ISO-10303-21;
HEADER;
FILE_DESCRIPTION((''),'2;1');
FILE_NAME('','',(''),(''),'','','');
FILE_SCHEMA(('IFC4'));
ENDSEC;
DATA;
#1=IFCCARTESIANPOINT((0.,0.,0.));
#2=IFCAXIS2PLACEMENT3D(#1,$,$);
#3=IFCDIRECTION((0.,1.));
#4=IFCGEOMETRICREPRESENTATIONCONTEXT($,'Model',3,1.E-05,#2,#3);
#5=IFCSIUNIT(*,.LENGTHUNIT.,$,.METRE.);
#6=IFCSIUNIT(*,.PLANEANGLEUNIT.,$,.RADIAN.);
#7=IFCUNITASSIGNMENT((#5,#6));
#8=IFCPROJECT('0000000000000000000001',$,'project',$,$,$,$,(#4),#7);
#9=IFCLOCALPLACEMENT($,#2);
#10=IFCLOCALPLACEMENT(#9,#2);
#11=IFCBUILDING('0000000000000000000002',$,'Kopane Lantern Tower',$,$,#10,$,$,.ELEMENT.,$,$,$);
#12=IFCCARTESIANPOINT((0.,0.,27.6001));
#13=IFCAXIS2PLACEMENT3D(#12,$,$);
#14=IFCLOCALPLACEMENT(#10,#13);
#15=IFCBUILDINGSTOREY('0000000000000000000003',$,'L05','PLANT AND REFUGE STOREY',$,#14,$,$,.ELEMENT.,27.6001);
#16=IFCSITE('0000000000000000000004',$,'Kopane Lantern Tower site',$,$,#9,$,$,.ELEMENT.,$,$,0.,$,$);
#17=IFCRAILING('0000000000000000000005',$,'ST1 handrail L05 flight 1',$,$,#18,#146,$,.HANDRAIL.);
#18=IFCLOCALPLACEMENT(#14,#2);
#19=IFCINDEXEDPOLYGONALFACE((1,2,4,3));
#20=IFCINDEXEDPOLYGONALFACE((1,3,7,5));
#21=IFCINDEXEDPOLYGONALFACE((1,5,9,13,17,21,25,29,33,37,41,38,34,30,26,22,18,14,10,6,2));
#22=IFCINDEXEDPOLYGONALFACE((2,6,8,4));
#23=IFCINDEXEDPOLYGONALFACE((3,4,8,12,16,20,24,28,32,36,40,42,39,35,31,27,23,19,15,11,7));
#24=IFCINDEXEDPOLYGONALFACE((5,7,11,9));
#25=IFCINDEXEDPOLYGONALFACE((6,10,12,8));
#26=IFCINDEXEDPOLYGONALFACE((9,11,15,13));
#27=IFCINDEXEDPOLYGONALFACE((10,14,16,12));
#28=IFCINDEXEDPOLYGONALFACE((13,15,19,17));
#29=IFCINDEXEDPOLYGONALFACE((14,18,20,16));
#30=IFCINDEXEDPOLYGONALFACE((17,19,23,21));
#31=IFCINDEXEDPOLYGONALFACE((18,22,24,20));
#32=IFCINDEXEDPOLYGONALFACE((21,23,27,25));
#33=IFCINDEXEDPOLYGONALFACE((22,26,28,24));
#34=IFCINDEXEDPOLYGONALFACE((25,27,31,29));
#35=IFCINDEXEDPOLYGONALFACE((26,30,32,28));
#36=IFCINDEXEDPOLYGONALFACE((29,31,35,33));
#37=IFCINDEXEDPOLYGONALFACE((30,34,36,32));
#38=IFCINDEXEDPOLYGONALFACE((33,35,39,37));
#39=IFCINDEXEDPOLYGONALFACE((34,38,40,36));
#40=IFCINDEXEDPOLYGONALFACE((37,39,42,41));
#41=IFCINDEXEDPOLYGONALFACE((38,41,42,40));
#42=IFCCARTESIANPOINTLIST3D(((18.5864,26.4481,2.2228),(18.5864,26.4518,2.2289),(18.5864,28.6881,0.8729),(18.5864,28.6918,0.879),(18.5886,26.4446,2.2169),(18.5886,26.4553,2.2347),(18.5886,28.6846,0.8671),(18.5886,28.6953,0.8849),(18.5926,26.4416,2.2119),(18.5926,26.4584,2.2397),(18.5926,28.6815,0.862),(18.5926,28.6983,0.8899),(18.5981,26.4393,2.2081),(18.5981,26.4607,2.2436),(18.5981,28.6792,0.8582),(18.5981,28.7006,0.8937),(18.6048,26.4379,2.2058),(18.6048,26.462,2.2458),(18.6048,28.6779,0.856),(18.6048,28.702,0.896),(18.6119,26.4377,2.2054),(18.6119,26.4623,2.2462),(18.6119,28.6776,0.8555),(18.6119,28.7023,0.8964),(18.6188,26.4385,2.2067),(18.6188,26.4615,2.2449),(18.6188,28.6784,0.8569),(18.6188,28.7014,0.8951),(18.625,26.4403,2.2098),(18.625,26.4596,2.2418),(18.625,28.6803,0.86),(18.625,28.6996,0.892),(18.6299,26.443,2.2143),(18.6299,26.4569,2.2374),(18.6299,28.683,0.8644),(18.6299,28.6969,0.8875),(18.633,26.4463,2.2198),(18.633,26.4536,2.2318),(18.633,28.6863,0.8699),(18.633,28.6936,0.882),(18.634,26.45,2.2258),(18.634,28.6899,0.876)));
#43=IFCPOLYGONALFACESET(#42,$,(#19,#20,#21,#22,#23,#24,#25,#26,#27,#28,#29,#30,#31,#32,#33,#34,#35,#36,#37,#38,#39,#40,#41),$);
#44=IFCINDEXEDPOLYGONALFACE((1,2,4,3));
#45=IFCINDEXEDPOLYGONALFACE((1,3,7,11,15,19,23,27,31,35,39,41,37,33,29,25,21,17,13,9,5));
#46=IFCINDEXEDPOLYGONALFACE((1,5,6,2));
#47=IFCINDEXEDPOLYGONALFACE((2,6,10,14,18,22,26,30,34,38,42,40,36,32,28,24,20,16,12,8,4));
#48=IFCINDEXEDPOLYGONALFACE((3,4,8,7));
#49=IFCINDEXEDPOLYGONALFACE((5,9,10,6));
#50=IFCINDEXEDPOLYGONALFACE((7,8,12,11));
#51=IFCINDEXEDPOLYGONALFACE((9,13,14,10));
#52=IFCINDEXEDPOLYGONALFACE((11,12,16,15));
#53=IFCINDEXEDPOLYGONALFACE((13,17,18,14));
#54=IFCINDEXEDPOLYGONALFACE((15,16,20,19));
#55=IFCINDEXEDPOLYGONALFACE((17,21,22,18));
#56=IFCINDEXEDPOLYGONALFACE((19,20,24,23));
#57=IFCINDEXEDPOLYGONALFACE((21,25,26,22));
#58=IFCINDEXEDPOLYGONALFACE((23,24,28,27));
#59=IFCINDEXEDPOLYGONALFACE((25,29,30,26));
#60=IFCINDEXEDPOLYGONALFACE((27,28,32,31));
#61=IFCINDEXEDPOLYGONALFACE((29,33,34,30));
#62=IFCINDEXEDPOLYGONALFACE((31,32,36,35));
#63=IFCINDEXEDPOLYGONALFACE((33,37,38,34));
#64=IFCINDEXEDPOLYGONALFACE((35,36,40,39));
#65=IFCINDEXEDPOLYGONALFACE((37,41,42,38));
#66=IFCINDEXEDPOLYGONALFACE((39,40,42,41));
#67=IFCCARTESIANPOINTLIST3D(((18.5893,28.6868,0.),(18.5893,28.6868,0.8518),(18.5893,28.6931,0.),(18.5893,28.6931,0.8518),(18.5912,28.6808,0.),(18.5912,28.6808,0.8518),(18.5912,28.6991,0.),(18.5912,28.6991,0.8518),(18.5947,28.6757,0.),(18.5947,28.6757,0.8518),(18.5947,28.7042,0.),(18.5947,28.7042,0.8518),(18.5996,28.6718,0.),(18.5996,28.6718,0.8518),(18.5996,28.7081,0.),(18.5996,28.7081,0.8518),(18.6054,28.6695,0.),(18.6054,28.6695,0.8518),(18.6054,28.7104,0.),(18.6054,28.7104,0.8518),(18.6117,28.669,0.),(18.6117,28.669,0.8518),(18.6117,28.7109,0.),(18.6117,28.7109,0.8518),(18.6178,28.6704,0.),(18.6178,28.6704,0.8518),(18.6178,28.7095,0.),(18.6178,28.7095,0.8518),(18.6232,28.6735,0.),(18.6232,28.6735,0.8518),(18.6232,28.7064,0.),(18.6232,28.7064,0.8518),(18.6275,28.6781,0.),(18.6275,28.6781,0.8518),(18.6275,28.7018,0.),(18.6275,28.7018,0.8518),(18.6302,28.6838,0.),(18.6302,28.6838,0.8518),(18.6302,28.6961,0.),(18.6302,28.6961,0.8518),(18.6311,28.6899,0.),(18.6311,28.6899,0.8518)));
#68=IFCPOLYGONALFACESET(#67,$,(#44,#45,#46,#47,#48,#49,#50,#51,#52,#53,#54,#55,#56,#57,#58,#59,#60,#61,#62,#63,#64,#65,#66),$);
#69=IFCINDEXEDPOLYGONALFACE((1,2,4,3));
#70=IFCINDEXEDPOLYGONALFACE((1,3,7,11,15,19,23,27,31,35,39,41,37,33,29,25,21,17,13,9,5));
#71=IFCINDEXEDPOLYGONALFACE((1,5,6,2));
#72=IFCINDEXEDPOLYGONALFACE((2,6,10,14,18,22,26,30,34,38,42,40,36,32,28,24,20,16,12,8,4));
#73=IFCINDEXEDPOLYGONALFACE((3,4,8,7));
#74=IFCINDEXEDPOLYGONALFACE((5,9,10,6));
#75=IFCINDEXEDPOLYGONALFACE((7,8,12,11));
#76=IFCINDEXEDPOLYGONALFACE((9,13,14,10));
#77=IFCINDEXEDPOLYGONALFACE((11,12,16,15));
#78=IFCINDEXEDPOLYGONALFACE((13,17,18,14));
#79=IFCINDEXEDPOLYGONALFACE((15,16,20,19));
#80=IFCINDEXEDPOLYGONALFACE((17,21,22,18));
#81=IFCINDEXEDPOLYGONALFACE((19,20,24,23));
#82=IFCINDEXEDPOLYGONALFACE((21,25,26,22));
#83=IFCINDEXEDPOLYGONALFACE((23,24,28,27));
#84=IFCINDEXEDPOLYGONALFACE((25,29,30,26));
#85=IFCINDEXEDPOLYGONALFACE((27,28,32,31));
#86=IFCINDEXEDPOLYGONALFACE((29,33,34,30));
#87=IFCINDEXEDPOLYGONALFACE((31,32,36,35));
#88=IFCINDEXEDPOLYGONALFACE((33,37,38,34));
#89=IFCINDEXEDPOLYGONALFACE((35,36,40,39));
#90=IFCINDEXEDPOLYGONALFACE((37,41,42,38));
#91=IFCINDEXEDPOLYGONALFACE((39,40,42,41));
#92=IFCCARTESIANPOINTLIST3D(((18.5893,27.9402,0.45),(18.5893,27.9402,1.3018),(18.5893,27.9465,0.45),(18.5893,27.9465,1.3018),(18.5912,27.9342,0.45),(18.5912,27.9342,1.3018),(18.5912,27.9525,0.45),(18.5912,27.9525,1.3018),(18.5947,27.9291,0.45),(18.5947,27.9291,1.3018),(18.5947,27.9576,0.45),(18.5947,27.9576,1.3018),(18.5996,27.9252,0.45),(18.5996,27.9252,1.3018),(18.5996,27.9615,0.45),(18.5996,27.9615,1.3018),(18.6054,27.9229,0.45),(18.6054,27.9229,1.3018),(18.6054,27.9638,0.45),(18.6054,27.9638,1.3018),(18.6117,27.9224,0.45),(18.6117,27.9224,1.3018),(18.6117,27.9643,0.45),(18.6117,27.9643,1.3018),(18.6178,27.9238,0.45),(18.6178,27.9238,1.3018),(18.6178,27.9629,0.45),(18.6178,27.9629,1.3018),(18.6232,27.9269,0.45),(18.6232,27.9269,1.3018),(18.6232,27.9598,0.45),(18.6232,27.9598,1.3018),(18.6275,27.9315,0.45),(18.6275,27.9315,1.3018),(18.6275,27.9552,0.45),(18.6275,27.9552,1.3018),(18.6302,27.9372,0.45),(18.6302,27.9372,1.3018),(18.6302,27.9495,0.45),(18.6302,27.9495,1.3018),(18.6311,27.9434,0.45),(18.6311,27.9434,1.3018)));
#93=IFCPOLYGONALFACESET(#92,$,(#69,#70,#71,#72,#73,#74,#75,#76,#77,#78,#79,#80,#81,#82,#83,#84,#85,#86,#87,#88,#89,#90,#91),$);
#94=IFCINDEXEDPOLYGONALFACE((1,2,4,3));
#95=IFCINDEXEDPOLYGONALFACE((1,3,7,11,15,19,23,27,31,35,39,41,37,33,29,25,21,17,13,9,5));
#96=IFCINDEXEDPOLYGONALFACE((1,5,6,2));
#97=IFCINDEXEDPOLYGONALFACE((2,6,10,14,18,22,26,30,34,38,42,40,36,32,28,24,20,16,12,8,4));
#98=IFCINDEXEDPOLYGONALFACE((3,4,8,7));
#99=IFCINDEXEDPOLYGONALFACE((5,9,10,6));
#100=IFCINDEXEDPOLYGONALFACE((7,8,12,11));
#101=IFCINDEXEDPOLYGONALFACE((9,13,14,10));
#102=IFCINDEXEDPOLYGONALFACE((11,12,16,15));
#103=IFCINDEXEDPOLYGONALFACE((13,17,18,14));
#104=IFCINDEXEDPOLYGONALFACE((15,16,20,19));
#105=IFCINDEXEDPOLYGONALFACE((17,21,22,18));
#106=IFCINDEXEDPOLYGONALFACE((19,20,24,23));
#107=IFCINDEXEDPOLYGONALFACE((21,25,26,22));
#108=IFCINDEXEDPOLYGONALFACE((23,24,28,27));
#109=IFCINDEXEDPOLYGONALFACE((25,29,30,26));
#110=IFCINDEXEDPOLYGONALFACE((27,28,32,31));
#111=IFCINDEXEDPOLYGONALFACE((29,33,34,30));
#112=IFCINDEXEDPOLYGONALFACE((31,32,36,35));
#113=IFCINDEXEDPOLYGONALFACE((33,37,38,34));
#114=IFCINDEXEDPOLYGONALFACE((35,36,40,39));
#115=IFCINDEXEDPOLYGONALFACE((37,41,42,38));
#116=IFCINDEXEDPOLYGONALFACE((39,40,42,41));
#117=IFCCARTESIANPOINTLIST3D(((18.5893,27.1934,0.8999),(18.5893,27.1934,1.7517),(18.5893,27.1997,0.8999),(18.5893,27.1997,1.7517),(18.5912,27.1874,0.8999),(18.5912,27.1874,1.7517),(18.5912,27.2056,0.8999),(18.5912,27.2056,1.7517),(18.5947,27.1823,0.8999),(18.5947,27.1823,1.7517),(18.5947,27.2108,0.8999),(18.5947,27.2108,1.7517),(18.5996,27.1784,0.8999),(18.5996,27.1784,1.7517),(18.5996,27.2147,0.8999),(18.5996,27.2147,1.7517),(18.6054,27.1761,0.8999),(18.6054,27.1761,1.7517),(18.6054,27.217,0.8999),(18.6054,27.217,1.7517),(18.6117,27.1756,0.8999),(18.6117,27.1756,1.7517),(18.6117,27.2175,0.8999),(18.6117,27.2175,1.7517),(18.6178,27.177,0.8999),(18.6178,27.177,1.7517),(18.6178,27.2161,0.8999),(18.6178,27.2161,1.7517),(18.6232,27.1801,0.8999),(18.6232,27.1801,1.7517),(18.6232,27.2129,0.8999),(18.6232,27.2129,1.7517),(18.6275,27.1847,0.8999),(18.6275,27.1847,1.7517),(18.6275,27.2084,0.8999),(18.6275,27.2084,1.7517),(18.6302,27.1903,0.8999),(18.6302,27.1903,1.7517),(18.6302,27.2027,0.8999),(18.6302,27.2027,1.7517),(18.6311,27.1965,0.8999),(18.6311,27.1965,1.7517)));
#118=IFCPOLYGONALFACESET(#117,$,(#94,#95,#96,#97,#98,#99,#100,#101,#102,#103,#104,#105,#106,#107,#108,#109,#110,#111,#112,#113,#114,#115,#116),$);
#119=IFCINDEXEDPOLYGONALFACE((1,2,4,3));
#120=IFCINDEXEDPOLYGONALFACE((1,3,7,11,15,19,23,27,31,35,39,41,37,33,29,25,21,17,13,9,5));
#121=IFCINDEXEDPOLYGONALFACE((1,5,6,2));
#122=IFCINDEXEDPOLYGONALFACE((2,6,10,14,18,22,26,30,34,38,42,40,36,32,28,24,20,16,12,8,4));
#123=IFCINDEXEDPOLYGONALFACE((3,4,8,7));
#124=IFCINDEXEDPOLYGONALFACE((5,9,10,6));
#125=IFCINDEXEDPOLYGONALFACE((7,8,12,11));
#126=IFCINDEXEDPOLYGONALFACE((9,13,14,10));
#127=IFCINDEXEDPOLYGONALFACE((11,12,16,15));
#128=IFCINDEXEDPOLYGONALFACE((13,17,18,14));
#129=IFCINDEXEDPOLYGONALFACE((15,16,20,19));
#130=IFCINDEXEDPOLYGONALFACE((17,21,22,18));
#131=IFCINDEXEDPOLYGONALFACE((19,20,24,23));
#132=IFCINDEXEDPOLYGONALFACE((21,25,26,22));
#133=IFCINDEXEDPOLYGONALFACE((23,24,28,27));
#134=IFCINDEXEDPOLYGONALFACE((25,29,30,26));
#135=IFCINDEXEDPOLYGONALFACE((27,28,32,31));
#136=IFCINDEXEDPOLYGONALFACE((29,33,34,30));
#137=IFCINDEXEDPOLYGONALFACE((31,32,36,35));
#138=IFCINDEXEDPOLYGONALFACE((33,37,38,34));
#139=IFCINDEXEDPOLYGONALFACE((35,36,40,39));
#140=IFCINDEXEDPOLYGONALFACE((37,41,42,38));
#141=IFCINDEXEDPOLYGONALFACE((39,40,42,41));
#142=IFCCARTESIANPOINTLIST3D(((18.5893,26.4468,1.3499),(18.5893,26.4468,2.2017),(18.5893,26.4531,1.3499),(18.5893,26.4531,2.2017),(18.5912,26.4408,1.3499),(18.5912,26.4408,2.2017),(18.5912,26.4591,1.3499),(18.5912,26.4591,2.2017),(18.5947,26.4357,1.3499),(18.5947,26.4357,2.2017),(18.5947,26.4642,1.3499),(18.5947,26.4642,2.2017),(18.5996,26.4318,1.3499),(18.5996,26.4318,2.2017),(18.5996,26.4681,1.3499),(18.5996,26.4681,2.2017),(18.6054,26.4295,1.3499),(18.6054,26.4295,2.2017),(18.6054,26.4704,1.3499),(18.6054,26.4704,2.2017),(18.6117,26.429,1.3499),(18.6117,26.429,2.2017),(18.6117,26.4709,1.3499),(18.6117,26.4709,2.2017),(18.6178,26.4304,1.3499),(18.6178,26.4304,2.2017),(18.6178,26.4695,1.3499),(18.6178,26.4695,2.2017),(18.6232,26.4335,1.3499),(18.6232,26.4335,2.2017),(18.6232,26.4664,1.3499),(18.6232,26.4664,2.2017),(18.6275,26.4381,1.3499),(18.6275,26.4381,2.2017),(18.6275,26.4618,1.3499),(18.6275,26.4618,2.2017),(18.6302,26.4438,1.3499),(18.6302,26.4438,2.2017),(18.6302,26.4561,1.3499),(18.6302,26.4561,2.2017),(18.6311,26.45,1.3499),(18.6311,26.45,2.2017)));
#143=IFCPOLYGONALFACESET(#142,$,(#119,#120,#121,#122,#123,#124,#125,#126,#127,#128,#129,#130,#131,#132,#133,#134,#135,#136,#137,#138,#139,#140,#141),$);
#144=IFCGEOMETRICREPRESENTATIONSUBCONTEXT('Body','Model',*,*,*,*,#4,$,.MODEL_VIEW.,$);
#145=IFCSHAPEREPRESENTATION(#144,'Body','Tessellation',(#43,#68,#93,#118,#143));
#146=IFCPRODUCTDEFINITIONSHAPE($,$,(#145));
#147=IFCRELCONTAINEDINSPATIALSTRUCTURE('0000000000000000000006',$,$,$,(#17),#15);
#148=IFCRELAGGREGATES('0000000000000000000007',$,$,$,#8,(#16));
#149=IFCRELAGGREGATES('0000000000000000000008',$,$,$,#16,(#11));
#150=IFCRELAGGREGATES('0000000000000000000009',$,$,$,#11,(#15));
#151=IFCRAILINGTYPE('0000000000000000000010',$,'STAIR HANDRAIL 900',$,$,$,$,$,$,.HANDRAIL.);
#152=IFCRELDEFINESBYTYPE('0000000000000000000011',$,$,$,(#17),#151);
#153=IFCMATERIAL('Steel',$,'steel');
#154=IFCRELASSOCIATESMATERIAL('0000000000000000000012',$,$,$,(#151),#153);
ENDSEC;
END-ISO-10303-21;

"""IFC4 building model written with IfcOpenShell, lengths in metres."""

from ifc_helpers import new_model, si_unit, direction, frame, origin, origin_2d, place, context, subcontext, project, spatial, circle, extrude, material, type_object, element, save


model = new_model("IFC4")

# Units and contexts
model_context = context("Model", 3, precision=1e-05, world=origin(), true_north=direction((0.0, 1.0)))
body_context = subcontext(model_context, "Body", "Model", "MODEL_VIEW")
ifc_project = project(units=[si_unit("LENGTHUNIT", "METRE"), si_unit("PLANEANGLEUNIT", "RADIAN")], contexts=[model_context])

# Site, building, storey
site_placement = place(None, origin())
site = spatial("IfcSite", under=ifc_project, at=site_placement, Name="Kopane Lantern Tower site", CompositionType="ELEMENT", RefElevation=0.0)
building_placement = place(site_placement, origin())
building = spatial("IfcBuilding", under=site, at=building_placement, Name="Kopane Lantern Tower", CompositionType="ELEMENT")
storey_placement = place(building_placement, frame((0.0, 0.0, 27.6001)))
storey = spatial("IfcBuildingStorey", under=building, at=storey_placement, Name="L05", Description="PLANT AND REFUGE STOREY", CompositionType="ELEMENT", Elevation=27.6001)

# Railing
ifc_material_1 = material(Name="Steel", Category="steel")
railing_type_1 = type_object("IfcRailingType", Name="STAIR HANDRAIL 900", PredefinedType="HANDRAIL", material=ifc_material_1)
for number, where, name in (
    (1, (18.6101, 28.6899, 0.0), "ST1 handrail L05 flight 1"),
):
    element("IfcRailing", number, at=place(storey_placement, frame(where)), inside=storey, type_object=railing_type_1, Name=name, PredefinedType="HANDRAIL", context=body_context, shape_type="SweptSolid", body=[
        extrude(circle(Radius=0.0239, at=origin_2d()), frame((0.0, 0.0, 0.876), z_axis=(0.0, -0.856503, 0.516142), x_axis=(1.0, 0.0, 0.0)), (0.0, 0.0, 1.0), 2.6152),
        extrude(circle(Radius=0.021, at=origin_2d()), origin(), (0.0, 0.0, 1.0), 0.8518),
        extrude(circle(Radius=0.021, at=origin_2d()), frame((0.0, -0.7466, 0.45)), (0.0, 0.0, 1.0), 0.8518),
        extrude(circle(Radius=0.021, at=origin_2d()), frame((0.0, -1.4934, 0.8999)), (0.0, 0.0, 1.0), 0.8518),
        extrude(circle(Radius=0.021, at=origin_2d()), frame((0.0, -2.24, 1.3499)), (0.0, 0.0, 1.0), 0.8518),
    ])

save(model, "model.ifc")
